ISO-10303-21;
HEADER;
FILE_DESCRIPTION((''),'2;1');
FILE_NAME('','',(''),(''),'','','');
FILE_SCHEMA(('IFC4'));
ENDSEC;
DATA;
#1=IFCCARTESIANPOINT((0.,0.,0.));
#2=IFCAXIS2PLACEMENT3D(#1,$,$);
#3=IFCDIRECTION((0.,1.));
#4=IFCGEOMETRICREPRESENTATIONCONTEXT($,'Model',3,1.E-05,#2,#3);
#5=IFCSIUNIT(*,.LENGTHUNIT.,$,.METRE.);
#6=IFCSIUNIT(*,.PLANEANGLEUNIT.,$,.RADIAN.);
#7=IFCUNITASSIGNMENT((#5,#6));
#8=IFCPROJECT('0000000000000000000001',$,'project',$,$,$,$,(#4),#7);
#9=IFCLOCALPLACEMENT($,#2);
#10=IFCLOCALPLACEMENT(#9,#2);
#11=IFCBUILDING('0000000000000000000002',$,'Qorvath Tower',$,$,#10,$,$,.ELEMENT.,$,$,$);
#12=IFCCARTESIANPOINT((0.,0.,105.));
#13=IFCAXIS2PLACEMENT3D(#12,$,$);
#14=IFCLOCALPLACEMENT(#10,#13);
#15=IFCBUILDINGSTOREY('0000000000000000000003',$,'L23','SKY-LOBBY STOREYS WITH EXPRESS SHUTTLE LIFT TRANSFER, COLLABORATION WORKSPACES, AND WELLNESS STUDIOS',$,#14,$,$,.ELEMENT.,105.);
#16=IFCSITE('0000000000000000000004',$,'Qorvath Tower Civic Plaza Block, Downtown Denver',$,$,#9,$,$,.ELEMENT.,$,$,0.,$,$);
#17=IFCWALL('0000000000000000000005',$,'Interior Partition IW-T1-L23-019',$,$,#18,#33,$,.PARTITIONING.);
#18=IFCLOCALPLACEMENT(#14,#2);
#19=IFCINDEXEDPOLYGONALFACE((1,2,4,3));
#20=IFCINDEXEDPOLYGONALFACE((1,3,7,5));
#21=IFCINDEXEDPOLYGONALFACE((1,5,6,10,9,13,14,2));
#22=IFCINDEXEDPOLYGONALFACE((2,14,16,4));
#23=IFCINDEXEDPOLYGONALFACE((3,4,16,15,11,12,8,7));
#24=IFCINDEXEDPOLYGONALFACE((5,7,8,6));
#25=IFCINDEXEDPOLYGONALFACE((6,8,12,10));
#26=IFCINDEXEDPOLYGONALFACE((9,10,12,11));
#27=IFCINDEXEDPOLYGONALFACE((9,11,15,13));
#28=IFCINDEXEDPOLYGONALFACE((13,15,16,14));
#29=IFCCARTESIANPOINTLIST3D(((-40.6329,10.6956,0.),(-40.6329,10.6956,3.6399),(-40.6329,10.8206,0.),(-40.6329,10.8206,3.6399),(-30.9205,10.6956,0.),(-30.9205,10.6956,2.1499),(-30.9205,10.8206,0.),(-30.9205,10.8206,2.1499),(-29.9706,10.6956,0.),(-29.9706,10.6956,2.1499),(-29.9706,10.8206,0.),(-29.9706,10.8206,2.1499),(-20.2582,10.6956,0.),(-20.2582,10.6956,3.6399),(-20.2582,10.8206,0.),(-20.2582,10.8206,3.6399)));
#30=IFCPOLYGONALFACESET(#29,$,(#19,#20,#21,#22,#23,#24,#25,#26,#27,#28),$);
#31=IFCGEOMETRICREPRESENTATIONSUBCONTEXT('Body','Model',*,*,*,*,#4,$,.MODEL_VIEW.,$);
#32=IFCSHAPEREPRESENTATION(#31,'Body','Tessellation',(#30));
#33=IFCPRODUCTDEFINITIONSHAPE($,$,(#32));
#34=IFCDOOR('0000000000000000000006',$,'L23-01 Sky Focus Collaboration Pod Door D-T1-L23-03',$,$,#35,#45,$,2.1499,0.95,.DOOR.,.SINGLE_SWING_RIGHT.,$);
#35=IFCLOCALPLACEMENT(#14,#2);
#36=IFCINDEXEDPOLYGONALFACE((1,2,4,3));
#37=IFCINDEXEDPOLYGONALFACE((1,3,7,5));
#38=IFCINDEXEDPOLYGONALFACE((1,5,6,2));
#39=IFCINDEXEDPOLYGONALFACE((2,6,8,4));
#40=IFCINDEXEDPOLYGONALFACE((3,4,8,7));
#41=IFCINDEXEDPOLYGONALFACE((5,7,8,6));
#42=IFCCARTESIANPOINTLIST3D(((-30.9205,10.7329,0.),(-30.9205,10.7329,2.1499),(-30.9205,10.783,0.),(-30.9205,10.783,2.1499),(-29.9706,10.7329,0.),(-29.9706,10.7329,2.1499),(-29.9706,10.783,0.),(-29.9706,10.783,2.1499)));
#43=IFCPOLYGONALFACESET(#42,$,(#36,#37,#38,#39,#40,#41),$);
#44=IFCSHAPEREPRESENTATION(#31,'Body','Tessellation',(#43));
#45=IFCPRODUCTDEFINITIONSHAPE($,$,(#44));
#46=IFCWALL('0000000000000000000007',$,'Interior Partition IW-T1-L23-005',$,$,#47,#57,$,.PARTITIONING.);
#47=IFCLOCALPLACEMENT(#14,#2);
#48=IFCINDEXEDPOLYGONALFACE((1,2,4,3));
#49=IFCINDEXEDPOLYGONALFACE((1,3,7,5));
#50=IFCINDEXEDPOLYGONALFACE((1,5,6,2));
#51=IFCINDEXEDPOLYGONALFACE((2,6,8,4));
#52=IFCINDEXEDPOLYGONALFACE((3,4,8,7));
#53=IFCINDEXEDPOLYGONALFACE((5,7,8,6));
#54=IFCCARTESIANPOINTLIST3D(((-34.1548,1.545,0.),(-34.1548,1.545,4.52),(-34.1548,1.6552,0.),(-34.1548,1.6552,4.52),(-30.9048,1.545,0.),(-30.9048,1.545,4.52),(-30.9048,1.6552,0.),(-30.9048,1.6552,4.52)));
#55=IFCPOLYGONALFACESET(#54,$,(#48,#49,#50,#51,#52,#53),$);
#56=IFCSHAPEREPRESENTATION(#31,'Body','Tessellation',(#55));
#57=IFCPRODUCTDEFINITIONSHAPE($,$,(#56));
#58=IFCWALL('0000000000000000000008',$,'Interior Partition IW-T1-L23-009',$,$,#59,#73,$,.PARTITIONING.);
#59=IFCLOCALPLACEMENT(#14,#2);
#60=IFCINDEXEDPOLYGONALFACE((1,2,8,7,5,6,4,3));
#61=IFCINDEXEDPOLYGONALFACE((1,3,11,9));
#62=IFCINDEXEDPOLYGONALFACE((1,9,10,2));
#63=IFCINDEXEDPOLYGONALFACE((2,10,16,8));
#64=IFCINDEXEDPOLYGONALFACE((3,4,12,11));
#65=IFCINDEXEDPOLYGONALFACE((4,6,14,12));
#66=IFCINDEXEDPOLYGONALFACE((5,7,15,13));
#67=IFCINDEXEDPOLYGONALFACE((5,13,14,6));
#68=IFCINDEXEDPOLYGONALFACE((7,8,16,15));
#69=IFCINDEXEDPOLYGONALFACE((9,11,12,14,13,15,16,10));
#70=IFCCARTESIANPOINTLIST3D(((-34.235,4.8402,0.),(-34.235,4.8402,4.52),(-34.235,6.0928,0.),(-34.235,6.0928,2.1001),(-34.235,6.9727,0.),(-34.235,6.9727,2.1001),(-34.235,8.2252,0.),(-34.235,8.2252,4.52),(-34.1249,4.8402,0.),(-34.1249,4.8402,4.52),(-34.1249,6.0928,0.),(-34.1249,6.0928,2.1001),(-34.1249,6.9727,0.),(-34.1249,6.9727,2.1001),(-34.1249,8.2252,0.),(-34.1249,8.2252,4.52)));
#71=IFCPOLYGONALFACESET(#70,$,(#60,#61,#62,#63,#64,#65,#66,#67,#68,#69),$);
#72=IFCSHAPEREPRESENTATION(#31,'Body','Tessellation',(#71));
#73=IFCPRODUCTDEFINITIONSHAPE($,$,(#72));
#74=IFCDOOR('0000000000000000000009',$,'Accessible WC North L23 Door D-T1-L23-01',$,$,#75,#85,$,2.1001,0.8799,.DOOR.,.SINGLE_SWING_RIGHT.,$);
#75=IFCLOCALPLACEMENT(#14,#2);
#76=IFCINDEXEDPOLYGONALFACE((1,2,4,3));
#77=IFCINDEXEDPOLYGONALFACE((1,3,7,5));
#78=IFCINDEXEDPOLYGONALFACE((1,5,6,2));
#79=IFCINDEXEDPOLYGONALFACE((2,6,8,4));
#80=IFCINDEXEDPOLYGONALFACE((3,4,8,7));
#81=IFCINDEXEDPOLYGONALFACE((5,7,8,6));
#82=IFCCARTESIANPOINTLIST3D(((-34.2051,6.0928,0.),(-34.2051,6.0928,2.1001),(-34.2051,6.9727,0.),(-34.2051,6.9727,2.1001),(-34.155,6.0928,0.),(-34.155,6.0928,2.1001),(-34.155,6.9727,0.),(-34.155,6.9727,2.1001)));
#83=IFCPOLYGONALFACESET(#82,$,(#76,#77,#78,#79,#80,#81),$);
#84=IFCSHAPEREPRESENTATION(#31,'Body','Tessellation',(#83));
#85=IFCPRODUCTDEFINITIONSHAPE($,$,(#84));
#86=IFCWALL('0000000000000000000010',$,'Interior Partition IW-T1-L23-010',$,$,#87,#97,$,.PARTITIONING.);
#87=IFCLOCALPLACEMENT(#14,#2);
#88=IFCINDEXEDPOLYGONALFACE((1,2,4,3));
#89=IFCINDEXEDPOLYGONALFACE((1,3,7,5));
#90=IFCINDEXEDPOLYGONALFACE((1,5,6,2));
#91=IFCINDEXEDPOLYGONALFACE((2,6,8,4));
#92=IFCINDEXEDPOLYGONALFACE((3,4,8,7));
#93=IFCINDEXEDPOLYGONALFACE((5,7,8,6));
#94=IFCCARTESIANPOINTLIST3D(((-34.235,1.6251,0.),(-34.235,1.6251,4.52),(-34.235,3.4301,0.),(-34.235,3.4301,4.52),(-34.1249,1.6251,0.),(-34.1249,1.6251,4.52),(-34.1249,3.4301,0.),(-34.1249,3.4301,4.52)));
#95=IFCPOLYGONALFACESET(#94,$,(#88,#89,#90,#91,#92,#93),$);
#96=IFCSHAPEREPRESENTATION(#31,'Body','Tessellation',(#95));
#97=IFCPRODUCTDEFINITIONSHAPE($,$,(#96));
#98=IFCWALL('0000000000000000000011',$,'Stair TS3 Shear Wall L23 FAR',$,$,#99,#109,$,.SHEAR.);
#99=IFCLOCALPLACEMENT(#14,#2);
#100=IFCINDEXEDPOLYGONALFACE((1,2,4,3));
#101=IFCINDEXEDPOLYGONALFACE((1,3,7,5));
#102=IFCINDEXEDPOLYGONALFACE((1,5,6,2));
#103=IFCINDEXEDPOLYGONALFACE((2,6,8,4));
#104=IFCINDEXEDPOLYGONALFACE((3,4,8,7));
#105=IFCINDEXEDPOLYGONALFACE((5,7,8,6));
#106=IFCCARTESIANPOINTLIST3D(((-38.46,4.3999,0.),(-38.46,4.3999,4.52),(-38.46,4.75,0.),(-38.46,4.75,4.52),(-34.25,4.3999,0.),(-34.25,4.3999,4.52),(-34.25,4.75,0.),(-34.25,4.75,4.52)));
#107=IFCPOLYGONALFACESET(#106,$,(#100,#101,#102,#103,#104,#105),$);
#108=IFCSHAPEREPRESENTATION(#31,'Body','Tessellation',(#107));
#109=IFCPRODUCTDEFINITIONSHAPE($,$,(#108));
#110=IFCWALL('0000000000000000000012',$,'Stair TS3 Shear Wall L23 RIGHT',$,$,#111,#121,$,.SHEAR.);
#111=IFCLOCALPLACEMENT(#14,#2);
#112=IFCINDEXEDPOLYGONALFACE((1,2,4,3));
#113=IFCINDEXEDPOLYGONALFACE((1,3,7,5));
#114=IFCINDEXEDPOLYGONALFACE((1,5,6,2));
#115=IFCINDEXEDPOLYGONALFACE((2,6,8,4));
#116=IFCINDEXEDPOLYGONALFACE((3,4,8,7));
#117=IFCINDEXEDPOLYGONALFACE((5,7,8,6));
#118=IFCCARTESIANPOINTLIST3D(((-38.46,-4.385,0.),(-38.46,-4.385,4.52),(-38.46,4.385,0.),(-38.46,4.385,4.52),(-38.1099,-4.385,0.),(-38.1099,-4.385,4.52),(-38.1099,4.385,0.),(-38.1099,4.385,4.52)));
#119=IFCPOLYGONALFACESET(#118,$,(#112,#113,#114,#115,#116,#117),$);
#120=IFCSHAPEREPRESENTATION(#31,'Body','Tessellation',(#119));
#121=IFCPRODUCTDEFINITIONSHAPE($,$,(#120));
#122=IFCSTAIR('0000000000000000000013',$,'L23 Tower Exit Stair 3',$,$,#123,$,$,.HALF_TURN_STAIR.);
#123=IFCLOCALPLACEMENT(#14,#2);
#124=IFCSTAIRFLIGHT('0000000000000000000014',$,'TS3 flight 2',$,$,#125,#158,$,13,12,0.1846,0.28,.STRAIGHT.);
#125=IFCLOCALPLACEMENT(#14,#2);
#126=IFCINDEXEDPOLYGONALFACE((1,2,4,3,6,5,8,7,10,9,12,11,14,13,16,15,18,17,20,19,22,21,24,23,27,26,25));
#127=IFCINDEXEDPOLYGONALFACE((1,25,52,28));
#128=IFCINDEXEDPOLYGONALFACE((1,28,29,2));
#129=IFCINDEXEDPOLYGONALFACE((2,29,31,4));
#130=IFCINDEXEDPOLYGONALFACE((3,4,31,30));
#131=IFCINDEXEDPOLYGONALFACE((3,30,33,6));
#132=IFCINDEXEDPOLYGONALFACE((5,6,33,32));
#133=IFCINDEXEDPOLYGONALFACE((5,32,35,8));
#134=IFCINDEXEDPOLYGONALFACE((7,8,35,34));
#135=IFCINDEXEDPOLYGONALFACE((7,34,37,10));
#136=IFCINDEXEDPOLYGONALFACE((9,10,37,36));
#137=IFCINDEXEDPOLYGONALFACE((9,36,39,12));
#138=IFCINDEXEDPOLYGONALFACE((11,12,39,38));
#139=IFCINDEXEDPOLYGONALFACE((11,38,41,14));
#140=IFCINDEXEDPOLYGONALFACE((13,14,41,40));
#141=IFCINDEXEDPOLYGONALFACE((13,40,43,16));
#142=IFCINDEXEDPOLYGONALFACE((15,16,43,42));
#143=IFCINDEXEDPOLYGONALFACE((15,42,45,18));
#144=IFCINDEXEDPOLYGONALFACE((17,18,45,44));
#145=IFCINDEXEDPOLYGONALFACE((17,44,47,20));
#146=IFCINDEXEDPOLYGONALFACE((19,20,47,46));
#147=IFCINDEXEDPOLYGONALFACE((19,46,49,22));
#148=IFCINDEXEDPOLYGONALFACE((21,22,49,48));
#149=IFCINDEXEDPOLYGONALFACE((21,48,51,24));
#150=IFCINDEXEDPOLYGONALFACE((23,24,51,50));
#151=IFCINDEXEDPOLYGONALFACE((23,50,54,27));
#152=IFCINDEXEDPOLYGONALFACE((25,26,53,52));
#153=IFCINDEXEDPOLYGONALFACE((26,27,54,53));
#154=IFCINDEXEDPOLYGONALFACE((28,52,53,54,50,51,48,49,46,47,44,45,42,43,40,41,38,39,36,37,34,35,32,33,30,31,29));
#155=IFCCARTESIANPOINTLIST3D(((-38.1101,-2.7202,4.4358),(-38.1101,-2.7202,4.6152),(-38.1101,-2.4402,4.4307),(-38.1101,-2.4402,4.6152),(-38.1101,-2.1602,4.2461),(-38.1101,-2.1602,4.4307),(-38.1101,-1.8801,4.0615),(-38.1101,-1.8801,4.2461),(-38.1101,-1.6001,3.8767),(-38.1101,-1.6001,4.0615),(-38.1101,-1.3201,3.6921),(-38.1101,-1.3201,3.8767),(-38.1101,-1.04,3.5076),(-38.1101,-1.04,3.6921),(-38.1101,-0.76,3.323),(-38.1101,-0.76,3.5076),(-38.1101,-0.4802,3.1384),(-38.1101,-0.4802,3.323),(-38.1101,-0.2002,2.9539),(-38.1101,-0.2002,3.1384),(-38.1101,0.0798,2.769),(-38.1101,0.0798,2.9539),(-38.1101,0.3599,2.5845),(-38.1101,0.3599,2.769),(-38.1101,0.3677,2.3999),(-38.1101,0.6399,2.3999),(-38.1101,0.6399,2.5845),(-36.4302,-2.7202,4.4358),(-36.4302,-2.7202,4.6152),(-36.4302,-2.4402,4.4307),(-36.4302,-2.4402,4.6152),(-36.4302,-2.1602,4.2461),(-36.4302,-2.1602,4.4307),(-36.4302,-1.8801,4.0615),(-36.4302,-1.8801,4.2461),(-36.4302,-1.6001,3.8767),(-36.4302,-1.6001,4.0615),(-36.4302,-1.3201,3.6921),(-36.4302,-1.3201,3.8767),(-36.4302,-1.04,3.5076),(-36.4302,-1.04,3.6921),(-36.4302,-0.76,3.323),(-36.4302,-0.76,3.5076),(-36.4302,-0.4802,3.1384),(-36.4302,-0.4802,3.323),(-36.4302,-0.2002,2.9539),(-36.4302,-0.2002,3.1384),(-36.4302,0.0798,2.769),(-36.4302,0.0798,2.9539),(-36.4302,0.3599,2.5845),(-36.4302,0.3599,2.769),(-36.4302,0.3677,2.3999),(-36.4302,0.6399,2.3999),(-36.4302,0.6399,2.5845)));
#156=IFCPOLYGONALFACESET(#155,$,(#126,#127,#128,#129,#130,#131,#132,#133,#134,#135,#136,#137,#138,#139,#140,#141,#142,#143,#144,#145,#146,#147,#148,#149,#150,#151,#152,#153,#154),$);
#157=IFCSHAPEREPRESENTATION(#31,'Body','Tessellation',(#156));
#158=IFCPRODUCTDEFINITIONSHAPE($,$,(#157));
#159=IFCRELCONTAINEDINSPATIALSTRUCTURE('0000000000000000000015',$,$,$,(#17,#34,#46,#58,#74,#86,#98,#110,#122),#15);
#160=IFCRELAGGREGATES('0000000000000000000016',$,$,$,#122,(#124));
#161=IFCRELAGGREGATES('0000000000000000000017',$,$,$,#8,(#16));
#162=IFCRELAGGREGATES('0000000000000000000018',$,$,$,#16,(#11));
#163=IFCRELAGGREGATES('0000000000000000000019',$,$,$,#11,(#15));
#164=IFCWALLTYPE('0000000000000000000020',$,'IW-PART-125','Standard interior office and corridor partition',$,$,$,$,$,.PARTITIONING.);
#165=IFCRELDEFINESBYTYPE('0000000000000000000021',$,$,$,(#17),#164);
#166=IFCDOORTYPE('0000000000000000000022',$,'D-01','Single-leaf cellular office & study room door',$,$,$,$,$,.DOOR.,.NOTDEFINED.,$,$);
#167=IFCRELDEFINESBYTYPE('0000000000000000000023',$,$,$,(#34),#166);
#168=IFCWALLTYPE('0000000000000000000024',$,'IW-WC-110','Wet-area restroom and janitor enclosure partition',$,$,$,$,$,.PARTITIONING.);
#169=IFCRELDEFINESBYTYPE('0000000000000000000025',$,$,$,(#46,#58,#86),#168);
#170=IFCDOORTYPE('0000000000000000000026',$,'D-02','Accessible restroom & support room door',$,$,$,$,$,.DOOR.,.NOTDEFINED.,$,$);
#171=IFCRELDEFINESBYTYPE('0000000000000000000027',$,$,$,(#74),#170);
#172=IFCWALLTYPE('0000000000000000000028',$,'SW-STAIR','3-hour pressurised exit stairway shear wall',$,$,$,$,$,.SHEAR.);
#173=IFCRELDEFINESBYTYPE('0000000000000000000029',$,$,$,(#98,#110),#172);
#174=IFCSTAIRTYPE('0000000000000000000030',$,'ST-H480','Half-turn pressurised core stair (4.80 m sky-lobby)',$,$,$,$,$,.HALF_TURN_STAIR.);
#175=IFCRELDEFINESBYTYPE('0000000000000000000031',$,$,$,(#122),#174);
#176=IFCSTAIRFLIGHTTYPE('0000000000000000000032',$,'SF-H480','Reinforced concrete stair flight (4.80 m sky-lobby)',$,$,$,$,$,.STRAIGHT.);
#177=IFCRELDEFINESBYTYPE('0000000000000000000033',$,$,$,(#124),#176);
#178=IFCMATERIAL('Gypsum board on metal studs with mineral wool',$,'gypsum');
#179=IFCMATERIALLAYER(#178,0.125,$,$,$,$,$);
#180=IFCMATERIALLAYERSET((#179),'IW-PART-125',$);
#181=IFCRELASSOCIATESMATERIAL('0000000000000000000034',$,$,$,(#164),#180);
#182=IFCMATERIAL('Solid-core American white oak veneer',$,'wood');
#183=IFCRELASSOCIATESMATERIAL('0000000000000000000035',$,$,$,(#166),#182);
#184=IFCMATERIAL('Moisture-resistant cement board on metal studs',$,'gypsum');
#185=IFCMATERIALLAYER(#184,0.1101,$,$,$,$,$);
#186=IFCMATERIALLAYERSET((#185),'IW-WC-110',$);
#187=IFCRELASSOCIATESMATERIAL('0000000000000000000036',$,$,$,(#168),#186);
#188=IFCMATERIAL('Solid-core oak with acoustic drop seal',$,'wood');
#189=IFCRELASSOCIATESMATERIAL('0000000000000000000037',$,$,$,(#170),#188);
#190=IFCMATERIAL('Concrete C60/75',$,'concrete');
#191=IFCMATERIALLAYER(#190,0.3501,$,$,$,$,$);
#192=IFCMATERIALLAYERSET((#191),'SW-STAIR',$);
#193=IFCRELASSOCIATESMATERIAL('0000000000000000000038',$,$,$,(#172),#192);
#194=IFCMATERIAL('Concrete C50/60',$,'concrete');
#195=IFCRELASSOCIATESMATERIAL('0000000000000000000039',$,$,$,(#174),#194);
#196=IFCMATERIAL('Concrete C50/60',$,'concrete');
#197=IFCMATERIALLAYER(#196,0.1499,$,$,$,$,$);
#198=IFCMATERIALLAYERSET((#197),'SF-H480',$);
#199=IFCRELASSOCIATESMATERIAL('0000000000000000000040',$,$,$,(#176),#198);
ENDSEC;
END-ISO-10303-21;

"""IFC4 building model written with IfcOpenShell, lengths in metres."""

from ifc_helpers import new_model, si_unit, direction, frame, frame_2d, origin, place, context, subcontext, project, spatial, polyline, rectangle, outline, extrude, material, layer, layer_set, type_object, element, fill, aggregate, save


model = new_model("IFC4")

# Units and contexts
model_context = context("Model", 3, precision=1e-05, world=origin(), true_north=direction((0.0, 1.0)))
body_context = subcontext(model_context, "Body", "Model", "MODEL_VIEW")
ifc_project = project(units=[si_unit("LENGTHUNIT", "METRE"), si_unit("PLANEANGLEUNIT", "RADIAN")], contexts=[model_context])

# Site, building, storey
site_placement = place(None, origin())
site = spatial("IfcSite", under=ifc_project, at=site_placement, Name="Qorvath Tower Civic Plaza Block, Downtown Denver", CompositionType="ELEMENT", RefElevation=0.0)
building_placement = place(site_placement, origin())
building = spatial("IfcBuilding", under=site, at=building_placement, Name="Qorvath Tower", CompositionType="ELEMENT")
storey_placement = place(building_placement, frame((0.0, 0.0, 105.0)))
storey = spatial("IfcBuildingStorey", under=building, at=storey_placement, Name="L23", Description="SKY-LOBBY STOREYS WITH EXPRESS SHUTTLE LIFT TRANSFER, COLLABORATION WORKSPACES, AND WELLNESS STUDIOS", CompositionType="ELEMENT", Elevation=105.0)

# Shared definitions
ifc_material_1 = material(Name="Gypsum board on metal studs with mineral wool", Category="gypsum")
ifc_layer_1 = layer(ifc_material_1, 0.125)
ifc_layer_set_1 = layer_set([ifc_layer_1], Name="IW-PART-125")
wall_type_1 = type_object("IfcWallType", Name="IW-PART-125", Description="Standard interior office and corridor partition", PredefinedType="PARTITIONING", material=ifc_layer_set_1)

# Wall, opening, door
wall_1_placement = place(storey_placement, frame((-40.6331, 10.7581, 0.0), z_axis=(0.0, 0.0, 1.0), x_axis=(1.0, 0.0, 0.0)))
wall_1 = element("IfcWall", 1, at=wall_1_placement, inside=storey, type_object=wall_type_1, Name="Interior Partition IW-T1-L23-019", PredefinedType="PARTITIONING", context=body_context, shape_type="SweptSolid", body=[
    extrude(rectangle(XDim=20.3748, YDim=0.125, at=frame_2d((10.1875, 0.0))), origin(), (0.0, 0.0, 1.0), 3.6399),
])
opening_1_placement = place(wall_1_placement, frame((9.7124, 0.0, 0.0)))
opening_1 = element("IfcOpeningElement", 2, at=opening_1_placement, cuts=wall_1, PredefinedType="OPENING", context=body_context, shape_type="SweptSolid", body=[
    extrude(rectangle(XDim=0.95, YDim=2.1499, at=frame_2d((0.4751, 1.075))), frame((0.0, 0.0725, 0.0), z_axis=(0.0, -1.0, 0.0), x_axis=(1.0, 0.0, 0.0)), (0.0, 0.0, 1.0), 0.145),
])
ifc_material_2 = material(Name="Solid-core American white oak veneer", Category="wood")
door_type_1 = type_object("IfcDoorType", Name="D-01", Description="Single-leaf cellular office & study room door", OperationType="NOTDEFINED", PredefinedType="DOOR", material=ifc_material_2)
door_1_placement = place(opening_1_placement, origin())
door_1 = element("IfcDoor", 3, at=door_1_placement, inside=storey, type_object=door_type_1, Name="L23-01 Sky Focus Collaboration Pod Door D-T1-L23-03", OperationType="SINGLE_SWING_RIGHT", OverallHeight=2.1499, OverallWidth=0.95, PredefinedType="DOOR", context=body_context, shape_type="SweptSolid", body=[
    extrude(rectangle(XDim=0.95, YDim=2.1499, at=frame_2d((0.4751, 1.075))), frame((0.0, 0.0249, 0.0), z_axis=(0.0, -1.0, 0.0), x_axis=(1.0, 0.0, 0.0)), (0.0, 0.0, 1.0), 0.05),
])
fill(opening_1, door_1)

# Wall
ifc_material_3 = material(Name="Moisture-resistant cement board on metal studs", Category="gypsum")
ifc_layer_2 = layer(ifc_material_3, 0.1101)
ifc_layer_set_2 = layer_set([ifc_layer_2], Name="IW-WC-110")
wall_type_2 = type_object("IfcWallType", Name="IW-WC-110", Description="Wet-area restroom and janitor enclosure partition", PredefinedType="PARTITIONING", material=ifc_layer_set_2)
wall_2_placement = place(storey_placement, frame((-34.1548, 1.6001, 0.0), z_axis=(0.0, 0.0, 1.0), x_axis=(1.0, 0.0, 0.0)))
element("IfcWall", 4, at=wall_2_placement, inside=storey, type_object=wall_type_2, Name="Interior Partition IW-T1-L23-005", PredefinedType="PARTITIONING", context=body_context, shape_type="SweptSolid", body=[
    extrude(rectangle(XDim=3.25, YDim=0.1101, at=frame_2d((1.625, 0.0))), origin(), (0.0, 0.0, 1.0), 4.52),
])

# Wall, opening, door
wall_3_placement = place(storey_placement, frame((-34.1799, 8.2251, 0.0), z_axis=(0.0, 0.0, 1.0), x_axis=(0.0, -1.0, 0.0)))
wall_3 = element("IfcWall", 5, at=wall_3_placement, inside=storey, type_object=wall_type_2, Name="Interior Partition IW-T1-L23-009", PredefinedType="PARTITIONING", context=body_context, shape_type="SweptSolid", body=[
    extrude(rectangle(XDim=3.385, YDim=0.1101, at=frame_2d((1.6924, 0.0))), origin(), (0.0, 0.0, 1.0), 4.52),
])
opening_2_placement = place(wall_3_placement, frame((1.2524, 0.0, 0.0)))
opening_2 = element("IfcOpeningElement", 6, at=opening_2_placement, cuts=wall_3, PredefinedType="OPENING", context=body_context, shape_type="SweptSolid", body=[
    extrude(rectangle(XDim=0.8799, YDim=2.1001, at=frame_2d((0.4399, 1.05))), frame((0.0, 0.0649, 0.0), z_axis=(0.0, -1.0, 0.0), x_axis=(1.0, 0.0, 0.0)), (0.0, 0.0, 1.0), 0.1301),
])
ifc_material_4 = material(Name="Solid-core oak with acoustic drop seal", Category="wood")
door_type_2 = type_object("IfcDoorType", Name="D-02", Description="Accessible restroom & support room door", OperationType="NOTDEFINED", PredefinedType="DOOR", material=ifc_material_4)
door_2_placement = place(opening_2_placement, origin())
door_2 = element("IfcDoor", 7, at=door_2_placement, inside=storey, type_object=door_type_2, Name="Accessible WC North L23 Door D-T1-L23-01", OperationType="SINGLE_SWING_RIGHT", OverallHeight=2.1001, OverallWidth=0.8799, PredefinedType="DOOR", context=body_context, shape_type="SweptSolid", body=[
    extrude(rectangle(XDim=0.8799, YDim=2.1001, at=frame_2d((0.4399, 1.05))), frame((0.0, 0.0249, 0.0), z_axis=(0.0, -1.0, 0.0), x_axis=(1.0, 0.0, 0.0)), (0.0, 0.0, 1.0), 0.05),
])
fill(opening_2, door_2)

# Walls
wall_4_placement = place(storey_placement, frame((-34.1799, 3.4299, 0.0), z_axis=(0.0, 0.0, 1.0), x_axis=(0.0, -1.0, 0.0)))
element("IfcWall", 8, at=wall_4_placement, inside=storey, type_object=wall_type_2, Name="Interior Partition IW-T1-L23-010", PredefinedType="PARTITIONING", context=body_context, shape_type="SweptSolid", body=[
    extrude(rectangle(XDim=1.8049, YDim=0.1101, at=frame_2d((0.9023, 0.0))), origin(), (0.0, 0.0, 1.0), 4.52),
])
ifc_material_5 = material(Name="Concrete C60/75", Category="concrete")
ifc_layer_3 = layer(ifc_material_5, 0.3501)
ifc_layer_set_3 = layer_set([ifc_layer_3], Name="SW-STAIR")
wall_type_3 = type_object("IfcWallType", Name="SW-STAIR", Description="3-hour pressurised exit stairway shear wall", PredefinedType="SHEAR", material=ifc_layer_set_3)
wall_5_placement = place(storey_placement, frame((-34.25, 4.575, 0.0), z_axis=(0.0, 0.0, 1.0), x_axis=(-1.0, 0.0, 0.0)))
element("IfcWall", 9, at=wall_5_placement, inside=storey, type_object=wall_type_3, Name="Stair TS3 Shear Wall L23 FAR", PredefinedType="SHEAR", context=body_context, shape_type="SweptSolid", body=[
    extrude(rectangle(XDim=4.21, YDim=0.3501, at=frame_2d((2.105, 0.0))), origin(), (0.0, 0.0, 1.0), 4.52),
])
wall_6_placement = place(storey_placement, frame((-38.2849, 4.385, 0.0), z_axis=(0.0, 0.0, 1.0), x_axis=(0.0, -1.0, 0.0)))
element("IfcWall", 10, at=wall_6_placement, inside=storey, type_object=wall_type_3, Name="Stair TS3 Shear Wall L23 RIGHT", PredefinedType="SHEAR", context=body_context, shape_type="SweptSolid", body=[
    extrude(rectangle(XDim=8.77, YDim=0.3501, at=frame_2d((4.385, 0.0))), origin(), (0.0, 0.0, 1.0), 4.52),
])

# Stair, stair flight
ifc_material_6 = material(Name="Concrete C50/60", Category="concrete")
stair_type = type_object("IfcStairType", Name="ST-H480", Description="Half-turn pressurised core stair (4.80 m sky-lobby)", PredefinedType="HALF_TURN_STAIR", material=ifc_material_6)
stair_placement = place(storey_placement, origin())
stair = element("IfcStair", 11, at=stair_placement, inside=storey, type_object=stair_type, Name="L23 Tower Exit Stair 3", PredefinedType="HALF_TURN_STAIR")
ifc_material_7 = material(Name="Concrete C50/60", Category="concrete")
ifc_layer_4 = layer(ifc_material_7, 0.1499)
ifc_layer_set_4 = layer_set([ifc_layer_4], Name="SF-H480")
stair_flight_type = type_object("IfcStairFlightType", Name="SF-H480", Description="Reinforced concrete stair flight (4.80 m sky-lobby)", PredefinedType="STRAIGHT", material=ifc_layer_set_4)
stair_flight_placement = place(storey_placement, frame((-37.27, 0.6399, 2.3999), z_axis=(0.0, 0.0, 1.0), x_axis=(0.0, -1.0, 0.0)))
stair_flight = element("IfcStairFlight", 12, at=stair_flight_placement, type_object=stair_flight_type, Name="TS3 flight 2", NumberOfRisers=13, NumberOfTreads=12, PredefinedType="STRAIGHT", RiserHeight=0.1846, TreadLength=0.28, context=body_context, shape_type="SweptSolid", body=[
    extrude(outline(polyline([(0.0, 0.0), (0.0, 0.1846), (0.28, 0.1846), (0.28, 0.3691), (0.5601, 0.3691), (0.5601, 0.554), (0.8401, 0.554), (0.8401, 0.7385), (1.1201, 0.7385), (1.1201, 0.9231), (1.3999, 0.9231), (1.3999, 1.1077), (1.6799, 1.1077), (1.6799, 1.2922), (1.96, 1.2922), (1.96, 1.4768), (2.24, 1.4768), (2.24, 1.6616), (2.52, 1.6616), (2.52, 1.8462), (2.8, 1.8462), (2.8, 2.0308), (3.0801, 2.0308), (3.0801, 2.2153), (3.3601, 2.2153), (3.3601, 2.3999), (3.3601, 2.0359), (0.2722, 0.0), (0.0, 0.0)])), frame((0.0, 0.8398, 0.0), z_axis=(0.0, -1.0, 0.0), x_axis=(1.0, 0.0, 0.0)), (0.0, 0.0, 1.0), 1.6799),
])
aggregate(stair, [stair_flight])

save(model, "model.ifc")
